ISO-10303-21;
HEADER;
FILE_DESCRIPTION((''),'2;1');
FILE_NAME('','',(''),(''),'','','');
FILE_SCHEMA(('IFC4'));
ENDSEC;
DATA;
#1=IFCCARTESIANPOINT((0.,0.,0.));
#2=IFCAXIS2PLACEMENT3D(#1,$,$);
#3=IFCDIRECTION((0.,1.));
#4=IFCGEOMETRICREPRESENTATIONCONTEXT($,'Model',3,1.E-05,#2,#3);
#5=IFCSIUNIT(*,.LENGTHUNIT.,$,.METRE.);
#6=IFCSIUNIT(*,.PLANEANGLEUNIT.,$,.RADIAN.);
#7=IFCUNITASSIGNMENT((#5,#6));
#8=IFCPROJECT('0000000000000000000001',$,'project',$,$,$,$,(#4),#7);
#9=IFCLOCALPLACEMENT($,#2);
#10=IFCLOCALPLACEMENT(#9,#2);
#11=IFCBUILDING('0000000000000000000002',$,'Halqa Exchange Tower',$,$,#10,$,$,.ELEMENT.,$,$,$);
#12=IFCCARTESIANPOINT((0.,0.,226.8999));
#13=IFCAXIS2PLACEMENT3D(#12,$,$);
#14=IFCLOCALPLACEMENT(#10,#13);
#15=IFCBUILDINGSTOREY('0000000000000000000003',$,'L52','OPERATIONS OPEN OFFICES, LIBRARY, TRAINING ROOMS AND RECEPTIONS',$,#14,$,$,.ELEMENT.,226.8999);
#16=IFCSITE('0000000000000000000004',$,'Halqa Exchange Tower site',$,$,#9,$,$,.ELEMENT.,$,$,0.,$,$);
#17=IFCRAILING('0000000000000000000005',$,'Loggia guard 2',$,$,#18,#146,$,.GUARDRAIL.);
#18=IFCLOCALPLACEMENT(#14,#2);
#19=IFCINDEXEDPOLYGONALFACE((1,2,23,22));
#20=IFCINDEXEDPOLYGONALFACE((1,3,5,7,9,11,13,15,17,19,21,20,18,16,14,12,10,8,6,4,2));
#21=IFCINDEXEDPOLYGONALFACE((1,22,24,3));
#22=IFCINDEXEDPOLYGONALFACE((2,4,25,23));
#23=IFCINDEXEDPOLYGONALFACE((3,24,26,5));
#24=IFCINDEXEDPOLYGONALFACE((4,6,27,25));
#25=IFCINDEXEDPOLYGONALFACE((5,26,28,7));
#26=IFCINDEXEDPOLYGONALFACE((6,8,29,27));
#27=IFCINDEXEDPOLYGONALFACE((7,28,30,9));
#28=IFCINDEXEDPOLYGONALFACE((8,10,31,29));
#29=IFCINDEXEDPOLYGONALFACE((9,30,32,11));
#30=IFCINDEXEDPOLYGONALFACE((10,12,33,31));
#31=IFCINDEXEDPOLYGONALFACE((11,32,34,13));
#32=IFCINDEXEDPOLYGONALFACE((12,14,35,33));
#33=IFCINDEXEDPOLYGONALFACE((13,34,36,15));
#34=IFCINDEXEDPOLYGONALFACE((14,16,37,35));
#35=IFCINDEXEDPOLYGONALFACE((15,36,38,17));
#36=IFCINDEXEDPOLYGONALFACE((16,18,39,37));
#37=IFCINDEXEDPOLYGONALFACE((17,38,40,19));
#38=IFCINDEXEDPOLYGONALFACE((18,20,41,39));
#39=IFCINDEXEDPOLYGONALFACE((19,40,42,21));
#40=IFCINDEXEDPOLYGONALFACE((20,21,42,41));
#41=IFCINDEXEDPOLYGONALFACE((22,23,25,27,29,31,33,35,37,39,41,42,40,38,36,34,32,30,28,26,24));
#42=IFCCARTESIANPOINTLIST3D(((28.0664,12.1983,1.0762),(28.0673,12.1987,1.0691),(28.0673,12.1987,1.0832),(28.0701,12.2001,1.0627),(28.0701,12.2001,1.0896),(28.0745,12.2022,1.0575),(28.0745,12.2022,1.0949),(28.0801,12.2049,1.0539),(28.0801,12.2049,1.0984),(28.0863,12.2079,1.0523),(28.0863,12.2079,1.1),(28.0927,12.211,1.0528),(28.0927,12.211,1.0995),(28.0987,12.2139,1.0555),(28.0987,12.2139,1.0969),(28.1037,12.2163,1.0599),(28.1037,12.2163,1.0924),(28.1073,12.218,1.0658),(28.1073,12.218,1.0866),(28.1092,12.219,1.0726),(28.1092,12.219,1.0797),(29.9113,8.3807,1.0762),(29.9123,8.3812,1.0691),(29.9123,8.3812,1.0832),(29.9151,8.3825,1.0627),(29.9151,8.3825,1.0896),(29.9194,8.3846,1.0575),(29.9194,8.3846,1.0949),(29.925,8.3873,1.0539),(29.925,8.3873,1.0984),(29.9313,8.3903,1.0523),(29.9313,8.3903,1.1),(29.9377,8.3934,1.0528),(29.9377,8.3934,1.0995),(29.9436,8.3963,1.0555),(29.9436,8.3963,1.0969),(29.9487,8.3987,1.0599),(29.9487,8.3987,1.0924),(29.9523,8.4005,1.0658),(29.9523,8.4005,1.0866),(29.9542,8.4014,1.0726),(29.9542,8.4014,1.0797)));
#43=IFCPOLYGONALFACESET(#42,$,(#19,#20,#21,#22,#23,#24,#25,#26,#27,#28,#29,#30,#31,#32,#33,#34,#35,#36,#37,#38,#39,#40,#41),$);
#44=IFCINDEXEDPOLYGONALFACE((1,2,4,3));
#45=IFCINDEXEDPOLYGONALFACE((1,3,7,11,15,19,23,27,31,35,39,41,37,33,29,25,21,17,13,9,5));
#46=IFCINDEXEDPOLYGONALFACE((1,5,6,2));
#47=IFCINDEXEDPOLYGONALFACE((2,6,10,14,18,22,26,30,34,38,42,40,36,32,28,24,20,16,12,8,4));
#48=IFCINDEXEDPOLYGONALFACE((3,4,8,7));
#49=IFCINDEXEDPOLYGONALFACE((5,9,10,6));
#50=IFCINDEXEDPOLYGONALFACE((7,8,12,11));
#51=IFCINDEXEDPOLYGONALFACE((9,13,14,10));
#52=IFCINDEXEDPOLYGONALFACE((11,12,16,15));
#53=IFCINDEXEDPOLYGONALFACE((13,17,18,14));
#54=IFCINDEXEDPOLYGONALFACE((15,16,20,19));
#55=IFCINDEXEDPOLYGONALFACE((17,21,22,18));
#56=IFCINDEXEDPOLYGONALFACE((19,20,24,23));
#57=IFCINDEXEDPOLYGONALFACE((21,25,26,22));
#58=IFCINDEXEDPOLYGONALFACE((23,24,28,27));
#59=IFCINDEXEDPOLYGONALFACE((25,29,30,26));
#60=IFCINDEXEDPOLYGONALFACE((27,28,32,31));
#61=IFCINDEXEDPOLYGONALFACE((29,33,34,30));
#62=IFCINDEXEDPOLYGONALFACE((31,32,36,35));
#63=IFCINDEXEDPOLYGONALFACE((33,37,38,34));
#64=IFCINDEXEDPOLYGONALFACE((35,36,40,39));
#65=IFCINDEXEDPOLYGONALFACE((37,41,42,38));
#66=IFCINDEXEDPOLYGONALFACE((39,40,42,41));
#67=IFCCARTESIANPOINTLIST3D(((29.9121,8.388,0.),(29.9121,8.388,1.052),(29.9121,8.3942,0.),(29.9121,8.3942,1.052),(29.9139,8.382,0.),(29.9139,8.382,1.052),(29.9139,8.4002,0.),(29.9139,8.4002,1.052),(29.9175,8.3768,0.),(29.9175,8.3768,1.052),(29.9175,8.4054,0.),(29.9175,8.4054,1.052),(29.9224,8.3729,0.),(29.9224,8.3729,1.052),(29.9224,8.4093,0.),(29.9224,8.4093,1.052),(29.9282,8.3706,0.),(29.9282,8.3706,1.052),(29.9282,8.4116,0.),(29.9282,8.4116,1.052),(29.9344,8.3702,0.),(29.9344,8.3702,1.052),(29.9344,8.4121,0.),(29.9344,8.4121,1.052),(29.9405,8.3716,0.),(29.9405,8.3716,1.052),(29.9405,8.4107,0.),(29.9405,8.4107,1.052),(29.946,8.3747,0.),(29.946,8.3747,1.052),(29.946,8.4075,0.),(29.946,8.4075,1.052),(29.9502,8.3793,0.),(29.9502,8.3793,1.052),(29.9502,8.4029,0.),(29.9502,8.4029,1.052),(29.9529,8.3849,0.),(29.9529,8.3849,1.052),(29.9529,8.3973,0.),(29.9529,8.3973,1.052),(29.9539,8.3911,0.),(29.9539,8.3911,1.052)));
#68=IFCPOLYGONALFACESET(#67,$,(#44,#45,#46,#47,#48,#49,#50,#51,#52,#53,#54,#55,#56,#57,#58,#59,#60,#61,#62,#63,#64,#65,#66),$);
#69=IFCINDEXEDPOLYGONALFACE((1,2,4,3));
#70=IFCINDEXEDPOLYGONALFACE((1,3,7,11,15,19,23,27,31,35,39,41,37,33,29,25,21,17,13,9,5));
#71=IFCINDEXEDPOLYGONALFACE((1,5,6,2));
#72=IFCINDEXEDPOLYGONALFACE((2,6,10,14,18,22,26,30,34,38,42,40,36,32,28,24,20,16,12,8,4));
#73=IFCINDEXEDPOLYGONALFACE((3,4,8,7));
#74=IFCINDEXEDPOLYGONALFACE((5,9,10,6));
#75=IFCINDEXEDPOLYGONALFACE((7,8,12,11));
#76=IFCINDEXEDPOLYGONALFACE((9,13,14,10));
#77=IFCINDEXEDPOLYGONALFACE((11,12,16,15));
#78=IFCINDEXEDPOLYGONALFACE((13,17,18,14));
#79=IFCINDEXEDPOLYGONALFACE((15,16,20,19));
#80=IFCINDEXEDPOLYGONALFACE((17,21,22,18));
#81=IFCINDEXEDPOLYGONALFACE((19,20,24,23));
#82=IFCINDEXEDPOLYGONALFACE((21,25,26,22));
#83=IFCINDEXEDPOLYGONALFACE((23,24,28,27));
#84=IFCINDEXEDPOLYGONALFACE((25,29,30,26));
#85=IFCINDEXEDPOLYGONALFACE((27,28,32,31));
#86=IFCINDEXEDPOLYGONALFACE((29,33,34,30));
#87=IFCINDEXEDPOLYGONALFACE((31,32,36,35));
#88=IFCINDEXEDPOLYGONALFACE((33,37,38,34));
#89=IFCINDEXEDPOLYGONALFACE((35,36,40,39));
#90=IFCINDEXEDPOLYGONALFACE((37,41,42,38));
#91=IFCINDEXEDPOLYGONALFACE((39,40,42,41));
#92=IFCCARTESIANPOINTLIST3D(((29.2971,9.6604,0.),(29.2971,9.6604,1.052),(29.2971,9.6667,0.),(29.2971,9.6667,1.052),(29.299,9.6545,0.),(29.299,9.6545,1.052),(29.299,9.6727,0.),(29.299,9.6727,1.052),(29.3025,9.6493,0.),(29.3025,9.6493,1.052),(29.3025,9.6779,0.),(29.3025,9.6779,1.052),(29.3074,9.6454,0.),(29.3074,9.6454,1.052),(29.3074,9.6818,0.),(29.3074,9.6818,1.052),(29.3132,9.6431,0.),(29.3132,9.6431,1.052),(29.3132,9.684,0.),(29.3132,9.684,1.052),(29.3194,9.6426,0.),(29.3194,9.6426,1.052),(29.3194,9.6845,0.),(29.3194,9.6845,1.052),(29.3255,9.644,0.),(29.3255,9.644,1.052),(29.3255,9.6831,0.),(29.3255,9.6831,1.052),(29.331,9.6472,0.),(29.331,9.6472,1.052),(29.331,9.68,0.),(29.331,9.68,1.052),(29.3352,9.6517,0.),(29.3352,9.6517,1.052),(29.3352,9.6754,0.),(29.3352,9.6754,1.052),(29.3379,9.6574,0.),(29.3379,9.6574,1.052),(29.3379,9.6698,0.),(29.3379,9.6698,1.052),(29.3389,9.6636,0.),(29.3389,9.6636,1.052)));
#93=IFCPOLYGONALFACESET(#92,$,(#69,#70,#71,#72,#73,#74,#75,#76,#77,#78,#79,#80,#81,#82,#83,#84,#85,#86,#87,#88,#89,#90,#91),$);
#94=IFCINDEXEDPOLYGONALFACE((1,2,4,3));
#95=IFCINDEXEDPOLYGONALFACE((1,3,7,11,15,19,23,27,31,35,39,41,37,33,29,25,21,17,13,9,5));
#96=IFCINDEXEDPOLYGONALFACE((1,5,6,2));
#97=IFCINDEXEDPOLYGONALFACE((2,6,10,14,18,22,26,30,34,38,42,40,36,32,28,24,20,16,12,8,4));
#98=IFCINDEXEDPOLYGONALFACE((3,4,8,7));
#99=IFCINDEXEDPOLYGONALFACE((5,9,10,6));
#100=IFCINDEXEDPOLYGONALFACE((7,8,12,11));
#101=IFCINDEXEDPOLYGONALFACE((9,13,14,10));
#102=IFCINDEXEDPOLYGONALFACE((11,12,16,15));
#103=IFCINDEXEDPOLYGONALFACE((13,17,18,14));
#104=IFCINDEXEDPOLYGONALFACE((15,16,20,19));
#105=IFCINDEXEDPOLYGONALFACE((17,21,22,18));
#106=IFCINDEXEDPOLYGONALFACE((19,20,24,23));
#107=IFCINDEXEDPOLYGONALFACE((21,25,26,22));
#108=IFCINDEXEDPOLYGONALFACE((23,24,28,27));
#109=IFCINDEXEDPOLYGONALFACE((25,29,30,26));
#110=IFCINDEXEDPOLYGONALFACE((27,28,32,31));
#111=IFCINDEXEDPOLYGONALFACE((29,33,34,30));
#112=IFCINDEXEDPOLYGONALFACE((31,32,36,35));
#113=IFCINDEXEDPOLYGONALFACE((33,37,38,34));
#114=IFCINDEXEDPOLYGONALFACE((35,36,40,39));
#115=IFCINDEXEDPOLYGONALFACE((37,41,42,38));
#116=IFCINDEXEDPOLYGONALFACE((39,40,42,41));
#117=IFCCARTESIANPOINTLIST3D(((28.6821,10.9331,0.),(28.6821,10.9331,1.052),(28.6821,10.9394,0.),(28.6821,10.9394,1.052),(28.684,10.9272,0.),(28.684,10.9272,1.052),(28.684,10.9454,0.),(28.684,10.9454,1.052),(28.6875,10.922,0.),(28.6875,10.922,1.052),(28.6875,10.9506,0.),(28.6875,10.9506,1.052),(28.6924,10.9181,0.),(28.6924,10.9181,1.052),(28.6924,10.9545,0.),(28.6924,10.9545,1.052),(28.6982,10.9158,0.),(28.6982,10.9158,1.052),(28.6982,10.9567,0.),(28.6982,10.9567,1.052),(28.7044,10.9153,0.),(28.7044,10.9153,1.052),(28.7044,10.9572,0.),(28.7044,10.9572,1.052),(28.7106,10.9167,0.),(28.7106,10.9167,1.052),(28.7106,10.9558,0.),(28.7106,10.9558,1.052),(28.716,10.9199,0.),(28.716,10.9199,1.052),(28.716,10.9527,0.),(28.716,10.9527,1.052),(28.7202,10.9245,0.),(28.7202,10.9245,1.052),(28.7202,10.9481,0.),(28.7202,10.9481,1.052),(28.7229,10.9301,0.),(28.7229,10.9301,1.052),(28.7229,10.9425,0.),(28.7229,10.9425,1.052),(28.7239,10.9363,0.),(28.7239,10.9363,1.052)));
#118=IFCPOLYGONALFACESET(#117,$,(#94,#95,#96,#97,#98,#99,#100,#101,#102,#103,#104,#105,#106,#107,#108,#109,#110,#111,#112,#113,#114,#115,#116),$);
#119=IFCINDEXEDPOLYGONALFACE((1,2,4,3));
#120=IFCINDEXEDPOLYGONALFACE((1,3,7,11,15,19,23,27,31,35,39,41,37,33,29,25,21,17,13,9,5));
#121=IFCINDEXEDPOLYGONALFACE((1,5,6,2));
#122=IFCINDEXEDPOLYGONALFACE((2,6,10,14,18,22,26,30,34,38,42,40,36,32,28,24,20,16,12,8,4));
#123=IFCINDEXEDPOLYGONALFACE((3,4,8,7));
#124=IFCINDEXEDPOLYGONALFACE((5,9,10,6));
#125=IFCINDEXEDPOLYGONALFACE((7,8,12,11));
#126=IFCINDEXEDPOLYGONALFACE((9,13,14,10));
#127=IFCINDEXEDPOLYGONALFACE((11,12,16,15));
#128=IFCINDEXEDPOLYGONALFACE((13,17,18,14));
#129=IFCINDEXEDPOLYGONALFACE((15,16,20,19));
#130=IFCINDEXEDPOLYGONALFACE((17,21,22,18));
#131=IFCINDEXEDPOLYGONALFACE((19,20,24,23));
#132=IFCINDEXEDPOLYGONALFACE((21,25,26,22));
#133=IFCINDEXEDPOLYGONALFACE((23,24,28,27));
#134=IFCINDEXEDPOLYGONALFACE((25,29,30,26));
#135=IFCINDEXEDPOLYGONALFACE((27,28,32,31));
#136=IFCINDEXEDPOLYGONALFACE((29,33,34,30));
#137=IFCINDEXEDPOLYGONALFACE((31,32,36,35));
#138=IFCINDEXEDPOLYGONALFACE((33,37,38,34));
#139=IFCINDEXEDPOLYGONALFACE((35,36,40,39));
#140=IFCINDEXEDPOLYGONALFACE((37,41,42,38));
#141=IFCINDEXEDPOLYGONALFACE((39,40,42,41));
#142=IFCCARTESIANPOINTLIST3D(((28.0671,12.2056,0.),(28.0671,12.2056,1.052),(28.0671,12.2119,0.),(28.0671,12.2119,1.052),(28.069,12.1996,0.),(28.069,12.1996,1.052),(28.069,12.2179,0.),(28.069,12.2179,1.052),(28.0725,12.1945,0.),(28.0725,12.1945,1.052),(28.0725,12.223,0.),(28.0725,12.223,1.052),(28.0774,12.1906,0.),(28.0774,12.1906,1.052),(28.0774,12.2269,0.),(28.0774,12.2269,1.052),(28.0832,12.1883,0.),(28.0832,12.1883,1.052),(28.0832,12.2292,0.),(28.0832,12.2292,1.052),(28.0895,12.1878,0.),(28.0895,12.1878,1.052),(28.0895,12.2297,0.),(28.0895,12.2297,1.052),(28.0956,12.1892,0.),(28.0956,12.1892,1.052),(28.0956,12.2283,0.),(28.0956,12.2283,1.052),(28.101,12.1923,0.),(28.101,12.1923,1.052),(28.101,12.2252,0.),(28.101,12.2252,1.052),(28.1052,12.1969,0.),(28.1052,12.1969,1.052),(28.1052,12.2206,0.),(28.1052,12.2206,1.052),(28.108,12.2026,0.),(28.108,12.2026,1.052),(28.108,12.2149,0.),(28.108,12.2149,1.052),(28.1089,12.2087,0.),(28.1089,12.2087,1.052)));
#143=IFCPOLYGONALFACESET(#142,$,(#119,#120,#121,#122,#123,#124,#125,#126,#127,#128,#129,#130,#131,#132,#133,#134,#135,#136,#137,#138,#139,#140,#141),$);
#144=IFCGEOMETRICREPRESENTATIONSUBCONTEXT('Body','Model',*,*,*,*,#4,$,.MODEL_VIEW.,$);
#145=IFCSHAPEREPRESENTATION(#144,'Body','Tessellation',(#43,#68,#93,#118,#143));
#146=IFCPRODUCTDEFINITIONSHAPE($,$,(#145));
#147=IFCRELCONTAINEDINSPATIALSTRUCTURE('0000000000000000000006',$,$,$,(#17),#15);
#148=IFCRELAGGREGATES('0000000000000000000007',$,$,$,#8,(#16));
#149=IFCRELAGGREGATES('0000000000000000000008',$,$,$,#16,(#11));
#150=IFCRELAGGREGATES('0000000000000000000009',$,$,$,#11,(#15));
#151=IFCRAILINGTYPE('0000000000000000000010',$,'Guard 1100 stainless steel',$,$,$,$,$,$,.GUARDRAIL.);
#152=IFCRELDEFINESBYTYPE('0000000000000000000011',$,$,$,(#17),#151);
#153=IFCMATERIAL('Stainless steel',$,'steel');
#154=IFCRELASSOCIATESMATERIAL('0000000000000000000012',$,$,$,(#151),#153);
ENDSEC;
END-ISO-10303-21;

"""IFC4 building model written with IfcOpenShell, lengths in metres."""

from ifc_helpers import new_model, si_unit, direction, frame, origin, origin_2d, place, context, subcontext, project, spatial, circle, extrude, material, type_object, element, save


model = new_model("IFC4")

# Units and contexts
model_context = context("Model", 3, precision=1e-05, world=origin(), true_north=direction((0.0, 1.0)))
body_context = subcontext(model_context, "Body", "Model", "MODEL_VIEW")
ifc_project = project(units=[si_unit("LENGTHUNIT", "METRE"), si_unit("PLANEANGLEUNIT", "RADIAN")], contexts=[model_context])

# Site, building, storey
site_placement = place(None, origin())
site = spatial("IfcSite", under=ifc_project, at=site_placement, Name="Halqa Exchange Tower site", CompositionType="ELEMENT", RefElevation=0.0)
building_placement = place(site_placement, origin())
building = spatial("IfcBuilding", under=site, at=building_placement, Name="Halqa Exchange Tower", CompositionType="ELEMENT")
storey_placement = place(building_placement, frame((0.0, 0.0, 226.8999)))
storey = spatial("IfcBuildingStorey", under=building, at=storey_placement, Name="L52", Description="OPERATIONS OPEN OFFICES, LIBRARY, TRAINING ROOMS AND RECEPTIONS", CompositionType="ELEMENT", Elevation=226.8999)

# Railing
ifc_material_1 = material(Name="Stainless steel", Category="steel")
railing_type = type_object("IfcRailingType", Name="Guard 1100 stainless steel", PredefinedType="GUARDRAIL", material=ifc_material_1)
railing_1_placement = place(storey_placement, frame((29.9329, 8.3911, 0.0)))
element("IfcRailing", 1, at=railing_1_placement, inside=storey, type_object=railing_type, Name="Loggia guard 2", PredefinedType="GUARDRAIL", context=body_context, shape_type="SweptSolid", body=[
    extrude(circle(Radius=0.0239, at=origin_2d()), frame((0.0, 0.0, 1.0762), z_axis=(-0.435127, 0.900369, 0.0), x_axis=(-0.900369, -0.435127, 0.0)), (0.0, 0.0, 1.0), 4.24),
    extrude(circle(Radius=0.021, at=origin_2d()), origin(), (0.0, 0.0, 1.0), 1.052),
    extrude(circle(Radius=0.021, at=origin_2d()), frame((-0.615, 1.2725, 0.0)), (0.0, 0.0, 1.0), 1.052),
    extrude(circle(Radius=0.021, at=origin_2d()), frame((-1.23, 2.5452, 0.0)), (0.0, 0.0, 1.0), 1.052),
    extrude(circle(Radius=0.021, at=origin_2d()), frame((-1.845, 3.8176, 0.0)), (0.0, 0.0, 1.0), 1.052),
])

save(model, "model.ifc")
